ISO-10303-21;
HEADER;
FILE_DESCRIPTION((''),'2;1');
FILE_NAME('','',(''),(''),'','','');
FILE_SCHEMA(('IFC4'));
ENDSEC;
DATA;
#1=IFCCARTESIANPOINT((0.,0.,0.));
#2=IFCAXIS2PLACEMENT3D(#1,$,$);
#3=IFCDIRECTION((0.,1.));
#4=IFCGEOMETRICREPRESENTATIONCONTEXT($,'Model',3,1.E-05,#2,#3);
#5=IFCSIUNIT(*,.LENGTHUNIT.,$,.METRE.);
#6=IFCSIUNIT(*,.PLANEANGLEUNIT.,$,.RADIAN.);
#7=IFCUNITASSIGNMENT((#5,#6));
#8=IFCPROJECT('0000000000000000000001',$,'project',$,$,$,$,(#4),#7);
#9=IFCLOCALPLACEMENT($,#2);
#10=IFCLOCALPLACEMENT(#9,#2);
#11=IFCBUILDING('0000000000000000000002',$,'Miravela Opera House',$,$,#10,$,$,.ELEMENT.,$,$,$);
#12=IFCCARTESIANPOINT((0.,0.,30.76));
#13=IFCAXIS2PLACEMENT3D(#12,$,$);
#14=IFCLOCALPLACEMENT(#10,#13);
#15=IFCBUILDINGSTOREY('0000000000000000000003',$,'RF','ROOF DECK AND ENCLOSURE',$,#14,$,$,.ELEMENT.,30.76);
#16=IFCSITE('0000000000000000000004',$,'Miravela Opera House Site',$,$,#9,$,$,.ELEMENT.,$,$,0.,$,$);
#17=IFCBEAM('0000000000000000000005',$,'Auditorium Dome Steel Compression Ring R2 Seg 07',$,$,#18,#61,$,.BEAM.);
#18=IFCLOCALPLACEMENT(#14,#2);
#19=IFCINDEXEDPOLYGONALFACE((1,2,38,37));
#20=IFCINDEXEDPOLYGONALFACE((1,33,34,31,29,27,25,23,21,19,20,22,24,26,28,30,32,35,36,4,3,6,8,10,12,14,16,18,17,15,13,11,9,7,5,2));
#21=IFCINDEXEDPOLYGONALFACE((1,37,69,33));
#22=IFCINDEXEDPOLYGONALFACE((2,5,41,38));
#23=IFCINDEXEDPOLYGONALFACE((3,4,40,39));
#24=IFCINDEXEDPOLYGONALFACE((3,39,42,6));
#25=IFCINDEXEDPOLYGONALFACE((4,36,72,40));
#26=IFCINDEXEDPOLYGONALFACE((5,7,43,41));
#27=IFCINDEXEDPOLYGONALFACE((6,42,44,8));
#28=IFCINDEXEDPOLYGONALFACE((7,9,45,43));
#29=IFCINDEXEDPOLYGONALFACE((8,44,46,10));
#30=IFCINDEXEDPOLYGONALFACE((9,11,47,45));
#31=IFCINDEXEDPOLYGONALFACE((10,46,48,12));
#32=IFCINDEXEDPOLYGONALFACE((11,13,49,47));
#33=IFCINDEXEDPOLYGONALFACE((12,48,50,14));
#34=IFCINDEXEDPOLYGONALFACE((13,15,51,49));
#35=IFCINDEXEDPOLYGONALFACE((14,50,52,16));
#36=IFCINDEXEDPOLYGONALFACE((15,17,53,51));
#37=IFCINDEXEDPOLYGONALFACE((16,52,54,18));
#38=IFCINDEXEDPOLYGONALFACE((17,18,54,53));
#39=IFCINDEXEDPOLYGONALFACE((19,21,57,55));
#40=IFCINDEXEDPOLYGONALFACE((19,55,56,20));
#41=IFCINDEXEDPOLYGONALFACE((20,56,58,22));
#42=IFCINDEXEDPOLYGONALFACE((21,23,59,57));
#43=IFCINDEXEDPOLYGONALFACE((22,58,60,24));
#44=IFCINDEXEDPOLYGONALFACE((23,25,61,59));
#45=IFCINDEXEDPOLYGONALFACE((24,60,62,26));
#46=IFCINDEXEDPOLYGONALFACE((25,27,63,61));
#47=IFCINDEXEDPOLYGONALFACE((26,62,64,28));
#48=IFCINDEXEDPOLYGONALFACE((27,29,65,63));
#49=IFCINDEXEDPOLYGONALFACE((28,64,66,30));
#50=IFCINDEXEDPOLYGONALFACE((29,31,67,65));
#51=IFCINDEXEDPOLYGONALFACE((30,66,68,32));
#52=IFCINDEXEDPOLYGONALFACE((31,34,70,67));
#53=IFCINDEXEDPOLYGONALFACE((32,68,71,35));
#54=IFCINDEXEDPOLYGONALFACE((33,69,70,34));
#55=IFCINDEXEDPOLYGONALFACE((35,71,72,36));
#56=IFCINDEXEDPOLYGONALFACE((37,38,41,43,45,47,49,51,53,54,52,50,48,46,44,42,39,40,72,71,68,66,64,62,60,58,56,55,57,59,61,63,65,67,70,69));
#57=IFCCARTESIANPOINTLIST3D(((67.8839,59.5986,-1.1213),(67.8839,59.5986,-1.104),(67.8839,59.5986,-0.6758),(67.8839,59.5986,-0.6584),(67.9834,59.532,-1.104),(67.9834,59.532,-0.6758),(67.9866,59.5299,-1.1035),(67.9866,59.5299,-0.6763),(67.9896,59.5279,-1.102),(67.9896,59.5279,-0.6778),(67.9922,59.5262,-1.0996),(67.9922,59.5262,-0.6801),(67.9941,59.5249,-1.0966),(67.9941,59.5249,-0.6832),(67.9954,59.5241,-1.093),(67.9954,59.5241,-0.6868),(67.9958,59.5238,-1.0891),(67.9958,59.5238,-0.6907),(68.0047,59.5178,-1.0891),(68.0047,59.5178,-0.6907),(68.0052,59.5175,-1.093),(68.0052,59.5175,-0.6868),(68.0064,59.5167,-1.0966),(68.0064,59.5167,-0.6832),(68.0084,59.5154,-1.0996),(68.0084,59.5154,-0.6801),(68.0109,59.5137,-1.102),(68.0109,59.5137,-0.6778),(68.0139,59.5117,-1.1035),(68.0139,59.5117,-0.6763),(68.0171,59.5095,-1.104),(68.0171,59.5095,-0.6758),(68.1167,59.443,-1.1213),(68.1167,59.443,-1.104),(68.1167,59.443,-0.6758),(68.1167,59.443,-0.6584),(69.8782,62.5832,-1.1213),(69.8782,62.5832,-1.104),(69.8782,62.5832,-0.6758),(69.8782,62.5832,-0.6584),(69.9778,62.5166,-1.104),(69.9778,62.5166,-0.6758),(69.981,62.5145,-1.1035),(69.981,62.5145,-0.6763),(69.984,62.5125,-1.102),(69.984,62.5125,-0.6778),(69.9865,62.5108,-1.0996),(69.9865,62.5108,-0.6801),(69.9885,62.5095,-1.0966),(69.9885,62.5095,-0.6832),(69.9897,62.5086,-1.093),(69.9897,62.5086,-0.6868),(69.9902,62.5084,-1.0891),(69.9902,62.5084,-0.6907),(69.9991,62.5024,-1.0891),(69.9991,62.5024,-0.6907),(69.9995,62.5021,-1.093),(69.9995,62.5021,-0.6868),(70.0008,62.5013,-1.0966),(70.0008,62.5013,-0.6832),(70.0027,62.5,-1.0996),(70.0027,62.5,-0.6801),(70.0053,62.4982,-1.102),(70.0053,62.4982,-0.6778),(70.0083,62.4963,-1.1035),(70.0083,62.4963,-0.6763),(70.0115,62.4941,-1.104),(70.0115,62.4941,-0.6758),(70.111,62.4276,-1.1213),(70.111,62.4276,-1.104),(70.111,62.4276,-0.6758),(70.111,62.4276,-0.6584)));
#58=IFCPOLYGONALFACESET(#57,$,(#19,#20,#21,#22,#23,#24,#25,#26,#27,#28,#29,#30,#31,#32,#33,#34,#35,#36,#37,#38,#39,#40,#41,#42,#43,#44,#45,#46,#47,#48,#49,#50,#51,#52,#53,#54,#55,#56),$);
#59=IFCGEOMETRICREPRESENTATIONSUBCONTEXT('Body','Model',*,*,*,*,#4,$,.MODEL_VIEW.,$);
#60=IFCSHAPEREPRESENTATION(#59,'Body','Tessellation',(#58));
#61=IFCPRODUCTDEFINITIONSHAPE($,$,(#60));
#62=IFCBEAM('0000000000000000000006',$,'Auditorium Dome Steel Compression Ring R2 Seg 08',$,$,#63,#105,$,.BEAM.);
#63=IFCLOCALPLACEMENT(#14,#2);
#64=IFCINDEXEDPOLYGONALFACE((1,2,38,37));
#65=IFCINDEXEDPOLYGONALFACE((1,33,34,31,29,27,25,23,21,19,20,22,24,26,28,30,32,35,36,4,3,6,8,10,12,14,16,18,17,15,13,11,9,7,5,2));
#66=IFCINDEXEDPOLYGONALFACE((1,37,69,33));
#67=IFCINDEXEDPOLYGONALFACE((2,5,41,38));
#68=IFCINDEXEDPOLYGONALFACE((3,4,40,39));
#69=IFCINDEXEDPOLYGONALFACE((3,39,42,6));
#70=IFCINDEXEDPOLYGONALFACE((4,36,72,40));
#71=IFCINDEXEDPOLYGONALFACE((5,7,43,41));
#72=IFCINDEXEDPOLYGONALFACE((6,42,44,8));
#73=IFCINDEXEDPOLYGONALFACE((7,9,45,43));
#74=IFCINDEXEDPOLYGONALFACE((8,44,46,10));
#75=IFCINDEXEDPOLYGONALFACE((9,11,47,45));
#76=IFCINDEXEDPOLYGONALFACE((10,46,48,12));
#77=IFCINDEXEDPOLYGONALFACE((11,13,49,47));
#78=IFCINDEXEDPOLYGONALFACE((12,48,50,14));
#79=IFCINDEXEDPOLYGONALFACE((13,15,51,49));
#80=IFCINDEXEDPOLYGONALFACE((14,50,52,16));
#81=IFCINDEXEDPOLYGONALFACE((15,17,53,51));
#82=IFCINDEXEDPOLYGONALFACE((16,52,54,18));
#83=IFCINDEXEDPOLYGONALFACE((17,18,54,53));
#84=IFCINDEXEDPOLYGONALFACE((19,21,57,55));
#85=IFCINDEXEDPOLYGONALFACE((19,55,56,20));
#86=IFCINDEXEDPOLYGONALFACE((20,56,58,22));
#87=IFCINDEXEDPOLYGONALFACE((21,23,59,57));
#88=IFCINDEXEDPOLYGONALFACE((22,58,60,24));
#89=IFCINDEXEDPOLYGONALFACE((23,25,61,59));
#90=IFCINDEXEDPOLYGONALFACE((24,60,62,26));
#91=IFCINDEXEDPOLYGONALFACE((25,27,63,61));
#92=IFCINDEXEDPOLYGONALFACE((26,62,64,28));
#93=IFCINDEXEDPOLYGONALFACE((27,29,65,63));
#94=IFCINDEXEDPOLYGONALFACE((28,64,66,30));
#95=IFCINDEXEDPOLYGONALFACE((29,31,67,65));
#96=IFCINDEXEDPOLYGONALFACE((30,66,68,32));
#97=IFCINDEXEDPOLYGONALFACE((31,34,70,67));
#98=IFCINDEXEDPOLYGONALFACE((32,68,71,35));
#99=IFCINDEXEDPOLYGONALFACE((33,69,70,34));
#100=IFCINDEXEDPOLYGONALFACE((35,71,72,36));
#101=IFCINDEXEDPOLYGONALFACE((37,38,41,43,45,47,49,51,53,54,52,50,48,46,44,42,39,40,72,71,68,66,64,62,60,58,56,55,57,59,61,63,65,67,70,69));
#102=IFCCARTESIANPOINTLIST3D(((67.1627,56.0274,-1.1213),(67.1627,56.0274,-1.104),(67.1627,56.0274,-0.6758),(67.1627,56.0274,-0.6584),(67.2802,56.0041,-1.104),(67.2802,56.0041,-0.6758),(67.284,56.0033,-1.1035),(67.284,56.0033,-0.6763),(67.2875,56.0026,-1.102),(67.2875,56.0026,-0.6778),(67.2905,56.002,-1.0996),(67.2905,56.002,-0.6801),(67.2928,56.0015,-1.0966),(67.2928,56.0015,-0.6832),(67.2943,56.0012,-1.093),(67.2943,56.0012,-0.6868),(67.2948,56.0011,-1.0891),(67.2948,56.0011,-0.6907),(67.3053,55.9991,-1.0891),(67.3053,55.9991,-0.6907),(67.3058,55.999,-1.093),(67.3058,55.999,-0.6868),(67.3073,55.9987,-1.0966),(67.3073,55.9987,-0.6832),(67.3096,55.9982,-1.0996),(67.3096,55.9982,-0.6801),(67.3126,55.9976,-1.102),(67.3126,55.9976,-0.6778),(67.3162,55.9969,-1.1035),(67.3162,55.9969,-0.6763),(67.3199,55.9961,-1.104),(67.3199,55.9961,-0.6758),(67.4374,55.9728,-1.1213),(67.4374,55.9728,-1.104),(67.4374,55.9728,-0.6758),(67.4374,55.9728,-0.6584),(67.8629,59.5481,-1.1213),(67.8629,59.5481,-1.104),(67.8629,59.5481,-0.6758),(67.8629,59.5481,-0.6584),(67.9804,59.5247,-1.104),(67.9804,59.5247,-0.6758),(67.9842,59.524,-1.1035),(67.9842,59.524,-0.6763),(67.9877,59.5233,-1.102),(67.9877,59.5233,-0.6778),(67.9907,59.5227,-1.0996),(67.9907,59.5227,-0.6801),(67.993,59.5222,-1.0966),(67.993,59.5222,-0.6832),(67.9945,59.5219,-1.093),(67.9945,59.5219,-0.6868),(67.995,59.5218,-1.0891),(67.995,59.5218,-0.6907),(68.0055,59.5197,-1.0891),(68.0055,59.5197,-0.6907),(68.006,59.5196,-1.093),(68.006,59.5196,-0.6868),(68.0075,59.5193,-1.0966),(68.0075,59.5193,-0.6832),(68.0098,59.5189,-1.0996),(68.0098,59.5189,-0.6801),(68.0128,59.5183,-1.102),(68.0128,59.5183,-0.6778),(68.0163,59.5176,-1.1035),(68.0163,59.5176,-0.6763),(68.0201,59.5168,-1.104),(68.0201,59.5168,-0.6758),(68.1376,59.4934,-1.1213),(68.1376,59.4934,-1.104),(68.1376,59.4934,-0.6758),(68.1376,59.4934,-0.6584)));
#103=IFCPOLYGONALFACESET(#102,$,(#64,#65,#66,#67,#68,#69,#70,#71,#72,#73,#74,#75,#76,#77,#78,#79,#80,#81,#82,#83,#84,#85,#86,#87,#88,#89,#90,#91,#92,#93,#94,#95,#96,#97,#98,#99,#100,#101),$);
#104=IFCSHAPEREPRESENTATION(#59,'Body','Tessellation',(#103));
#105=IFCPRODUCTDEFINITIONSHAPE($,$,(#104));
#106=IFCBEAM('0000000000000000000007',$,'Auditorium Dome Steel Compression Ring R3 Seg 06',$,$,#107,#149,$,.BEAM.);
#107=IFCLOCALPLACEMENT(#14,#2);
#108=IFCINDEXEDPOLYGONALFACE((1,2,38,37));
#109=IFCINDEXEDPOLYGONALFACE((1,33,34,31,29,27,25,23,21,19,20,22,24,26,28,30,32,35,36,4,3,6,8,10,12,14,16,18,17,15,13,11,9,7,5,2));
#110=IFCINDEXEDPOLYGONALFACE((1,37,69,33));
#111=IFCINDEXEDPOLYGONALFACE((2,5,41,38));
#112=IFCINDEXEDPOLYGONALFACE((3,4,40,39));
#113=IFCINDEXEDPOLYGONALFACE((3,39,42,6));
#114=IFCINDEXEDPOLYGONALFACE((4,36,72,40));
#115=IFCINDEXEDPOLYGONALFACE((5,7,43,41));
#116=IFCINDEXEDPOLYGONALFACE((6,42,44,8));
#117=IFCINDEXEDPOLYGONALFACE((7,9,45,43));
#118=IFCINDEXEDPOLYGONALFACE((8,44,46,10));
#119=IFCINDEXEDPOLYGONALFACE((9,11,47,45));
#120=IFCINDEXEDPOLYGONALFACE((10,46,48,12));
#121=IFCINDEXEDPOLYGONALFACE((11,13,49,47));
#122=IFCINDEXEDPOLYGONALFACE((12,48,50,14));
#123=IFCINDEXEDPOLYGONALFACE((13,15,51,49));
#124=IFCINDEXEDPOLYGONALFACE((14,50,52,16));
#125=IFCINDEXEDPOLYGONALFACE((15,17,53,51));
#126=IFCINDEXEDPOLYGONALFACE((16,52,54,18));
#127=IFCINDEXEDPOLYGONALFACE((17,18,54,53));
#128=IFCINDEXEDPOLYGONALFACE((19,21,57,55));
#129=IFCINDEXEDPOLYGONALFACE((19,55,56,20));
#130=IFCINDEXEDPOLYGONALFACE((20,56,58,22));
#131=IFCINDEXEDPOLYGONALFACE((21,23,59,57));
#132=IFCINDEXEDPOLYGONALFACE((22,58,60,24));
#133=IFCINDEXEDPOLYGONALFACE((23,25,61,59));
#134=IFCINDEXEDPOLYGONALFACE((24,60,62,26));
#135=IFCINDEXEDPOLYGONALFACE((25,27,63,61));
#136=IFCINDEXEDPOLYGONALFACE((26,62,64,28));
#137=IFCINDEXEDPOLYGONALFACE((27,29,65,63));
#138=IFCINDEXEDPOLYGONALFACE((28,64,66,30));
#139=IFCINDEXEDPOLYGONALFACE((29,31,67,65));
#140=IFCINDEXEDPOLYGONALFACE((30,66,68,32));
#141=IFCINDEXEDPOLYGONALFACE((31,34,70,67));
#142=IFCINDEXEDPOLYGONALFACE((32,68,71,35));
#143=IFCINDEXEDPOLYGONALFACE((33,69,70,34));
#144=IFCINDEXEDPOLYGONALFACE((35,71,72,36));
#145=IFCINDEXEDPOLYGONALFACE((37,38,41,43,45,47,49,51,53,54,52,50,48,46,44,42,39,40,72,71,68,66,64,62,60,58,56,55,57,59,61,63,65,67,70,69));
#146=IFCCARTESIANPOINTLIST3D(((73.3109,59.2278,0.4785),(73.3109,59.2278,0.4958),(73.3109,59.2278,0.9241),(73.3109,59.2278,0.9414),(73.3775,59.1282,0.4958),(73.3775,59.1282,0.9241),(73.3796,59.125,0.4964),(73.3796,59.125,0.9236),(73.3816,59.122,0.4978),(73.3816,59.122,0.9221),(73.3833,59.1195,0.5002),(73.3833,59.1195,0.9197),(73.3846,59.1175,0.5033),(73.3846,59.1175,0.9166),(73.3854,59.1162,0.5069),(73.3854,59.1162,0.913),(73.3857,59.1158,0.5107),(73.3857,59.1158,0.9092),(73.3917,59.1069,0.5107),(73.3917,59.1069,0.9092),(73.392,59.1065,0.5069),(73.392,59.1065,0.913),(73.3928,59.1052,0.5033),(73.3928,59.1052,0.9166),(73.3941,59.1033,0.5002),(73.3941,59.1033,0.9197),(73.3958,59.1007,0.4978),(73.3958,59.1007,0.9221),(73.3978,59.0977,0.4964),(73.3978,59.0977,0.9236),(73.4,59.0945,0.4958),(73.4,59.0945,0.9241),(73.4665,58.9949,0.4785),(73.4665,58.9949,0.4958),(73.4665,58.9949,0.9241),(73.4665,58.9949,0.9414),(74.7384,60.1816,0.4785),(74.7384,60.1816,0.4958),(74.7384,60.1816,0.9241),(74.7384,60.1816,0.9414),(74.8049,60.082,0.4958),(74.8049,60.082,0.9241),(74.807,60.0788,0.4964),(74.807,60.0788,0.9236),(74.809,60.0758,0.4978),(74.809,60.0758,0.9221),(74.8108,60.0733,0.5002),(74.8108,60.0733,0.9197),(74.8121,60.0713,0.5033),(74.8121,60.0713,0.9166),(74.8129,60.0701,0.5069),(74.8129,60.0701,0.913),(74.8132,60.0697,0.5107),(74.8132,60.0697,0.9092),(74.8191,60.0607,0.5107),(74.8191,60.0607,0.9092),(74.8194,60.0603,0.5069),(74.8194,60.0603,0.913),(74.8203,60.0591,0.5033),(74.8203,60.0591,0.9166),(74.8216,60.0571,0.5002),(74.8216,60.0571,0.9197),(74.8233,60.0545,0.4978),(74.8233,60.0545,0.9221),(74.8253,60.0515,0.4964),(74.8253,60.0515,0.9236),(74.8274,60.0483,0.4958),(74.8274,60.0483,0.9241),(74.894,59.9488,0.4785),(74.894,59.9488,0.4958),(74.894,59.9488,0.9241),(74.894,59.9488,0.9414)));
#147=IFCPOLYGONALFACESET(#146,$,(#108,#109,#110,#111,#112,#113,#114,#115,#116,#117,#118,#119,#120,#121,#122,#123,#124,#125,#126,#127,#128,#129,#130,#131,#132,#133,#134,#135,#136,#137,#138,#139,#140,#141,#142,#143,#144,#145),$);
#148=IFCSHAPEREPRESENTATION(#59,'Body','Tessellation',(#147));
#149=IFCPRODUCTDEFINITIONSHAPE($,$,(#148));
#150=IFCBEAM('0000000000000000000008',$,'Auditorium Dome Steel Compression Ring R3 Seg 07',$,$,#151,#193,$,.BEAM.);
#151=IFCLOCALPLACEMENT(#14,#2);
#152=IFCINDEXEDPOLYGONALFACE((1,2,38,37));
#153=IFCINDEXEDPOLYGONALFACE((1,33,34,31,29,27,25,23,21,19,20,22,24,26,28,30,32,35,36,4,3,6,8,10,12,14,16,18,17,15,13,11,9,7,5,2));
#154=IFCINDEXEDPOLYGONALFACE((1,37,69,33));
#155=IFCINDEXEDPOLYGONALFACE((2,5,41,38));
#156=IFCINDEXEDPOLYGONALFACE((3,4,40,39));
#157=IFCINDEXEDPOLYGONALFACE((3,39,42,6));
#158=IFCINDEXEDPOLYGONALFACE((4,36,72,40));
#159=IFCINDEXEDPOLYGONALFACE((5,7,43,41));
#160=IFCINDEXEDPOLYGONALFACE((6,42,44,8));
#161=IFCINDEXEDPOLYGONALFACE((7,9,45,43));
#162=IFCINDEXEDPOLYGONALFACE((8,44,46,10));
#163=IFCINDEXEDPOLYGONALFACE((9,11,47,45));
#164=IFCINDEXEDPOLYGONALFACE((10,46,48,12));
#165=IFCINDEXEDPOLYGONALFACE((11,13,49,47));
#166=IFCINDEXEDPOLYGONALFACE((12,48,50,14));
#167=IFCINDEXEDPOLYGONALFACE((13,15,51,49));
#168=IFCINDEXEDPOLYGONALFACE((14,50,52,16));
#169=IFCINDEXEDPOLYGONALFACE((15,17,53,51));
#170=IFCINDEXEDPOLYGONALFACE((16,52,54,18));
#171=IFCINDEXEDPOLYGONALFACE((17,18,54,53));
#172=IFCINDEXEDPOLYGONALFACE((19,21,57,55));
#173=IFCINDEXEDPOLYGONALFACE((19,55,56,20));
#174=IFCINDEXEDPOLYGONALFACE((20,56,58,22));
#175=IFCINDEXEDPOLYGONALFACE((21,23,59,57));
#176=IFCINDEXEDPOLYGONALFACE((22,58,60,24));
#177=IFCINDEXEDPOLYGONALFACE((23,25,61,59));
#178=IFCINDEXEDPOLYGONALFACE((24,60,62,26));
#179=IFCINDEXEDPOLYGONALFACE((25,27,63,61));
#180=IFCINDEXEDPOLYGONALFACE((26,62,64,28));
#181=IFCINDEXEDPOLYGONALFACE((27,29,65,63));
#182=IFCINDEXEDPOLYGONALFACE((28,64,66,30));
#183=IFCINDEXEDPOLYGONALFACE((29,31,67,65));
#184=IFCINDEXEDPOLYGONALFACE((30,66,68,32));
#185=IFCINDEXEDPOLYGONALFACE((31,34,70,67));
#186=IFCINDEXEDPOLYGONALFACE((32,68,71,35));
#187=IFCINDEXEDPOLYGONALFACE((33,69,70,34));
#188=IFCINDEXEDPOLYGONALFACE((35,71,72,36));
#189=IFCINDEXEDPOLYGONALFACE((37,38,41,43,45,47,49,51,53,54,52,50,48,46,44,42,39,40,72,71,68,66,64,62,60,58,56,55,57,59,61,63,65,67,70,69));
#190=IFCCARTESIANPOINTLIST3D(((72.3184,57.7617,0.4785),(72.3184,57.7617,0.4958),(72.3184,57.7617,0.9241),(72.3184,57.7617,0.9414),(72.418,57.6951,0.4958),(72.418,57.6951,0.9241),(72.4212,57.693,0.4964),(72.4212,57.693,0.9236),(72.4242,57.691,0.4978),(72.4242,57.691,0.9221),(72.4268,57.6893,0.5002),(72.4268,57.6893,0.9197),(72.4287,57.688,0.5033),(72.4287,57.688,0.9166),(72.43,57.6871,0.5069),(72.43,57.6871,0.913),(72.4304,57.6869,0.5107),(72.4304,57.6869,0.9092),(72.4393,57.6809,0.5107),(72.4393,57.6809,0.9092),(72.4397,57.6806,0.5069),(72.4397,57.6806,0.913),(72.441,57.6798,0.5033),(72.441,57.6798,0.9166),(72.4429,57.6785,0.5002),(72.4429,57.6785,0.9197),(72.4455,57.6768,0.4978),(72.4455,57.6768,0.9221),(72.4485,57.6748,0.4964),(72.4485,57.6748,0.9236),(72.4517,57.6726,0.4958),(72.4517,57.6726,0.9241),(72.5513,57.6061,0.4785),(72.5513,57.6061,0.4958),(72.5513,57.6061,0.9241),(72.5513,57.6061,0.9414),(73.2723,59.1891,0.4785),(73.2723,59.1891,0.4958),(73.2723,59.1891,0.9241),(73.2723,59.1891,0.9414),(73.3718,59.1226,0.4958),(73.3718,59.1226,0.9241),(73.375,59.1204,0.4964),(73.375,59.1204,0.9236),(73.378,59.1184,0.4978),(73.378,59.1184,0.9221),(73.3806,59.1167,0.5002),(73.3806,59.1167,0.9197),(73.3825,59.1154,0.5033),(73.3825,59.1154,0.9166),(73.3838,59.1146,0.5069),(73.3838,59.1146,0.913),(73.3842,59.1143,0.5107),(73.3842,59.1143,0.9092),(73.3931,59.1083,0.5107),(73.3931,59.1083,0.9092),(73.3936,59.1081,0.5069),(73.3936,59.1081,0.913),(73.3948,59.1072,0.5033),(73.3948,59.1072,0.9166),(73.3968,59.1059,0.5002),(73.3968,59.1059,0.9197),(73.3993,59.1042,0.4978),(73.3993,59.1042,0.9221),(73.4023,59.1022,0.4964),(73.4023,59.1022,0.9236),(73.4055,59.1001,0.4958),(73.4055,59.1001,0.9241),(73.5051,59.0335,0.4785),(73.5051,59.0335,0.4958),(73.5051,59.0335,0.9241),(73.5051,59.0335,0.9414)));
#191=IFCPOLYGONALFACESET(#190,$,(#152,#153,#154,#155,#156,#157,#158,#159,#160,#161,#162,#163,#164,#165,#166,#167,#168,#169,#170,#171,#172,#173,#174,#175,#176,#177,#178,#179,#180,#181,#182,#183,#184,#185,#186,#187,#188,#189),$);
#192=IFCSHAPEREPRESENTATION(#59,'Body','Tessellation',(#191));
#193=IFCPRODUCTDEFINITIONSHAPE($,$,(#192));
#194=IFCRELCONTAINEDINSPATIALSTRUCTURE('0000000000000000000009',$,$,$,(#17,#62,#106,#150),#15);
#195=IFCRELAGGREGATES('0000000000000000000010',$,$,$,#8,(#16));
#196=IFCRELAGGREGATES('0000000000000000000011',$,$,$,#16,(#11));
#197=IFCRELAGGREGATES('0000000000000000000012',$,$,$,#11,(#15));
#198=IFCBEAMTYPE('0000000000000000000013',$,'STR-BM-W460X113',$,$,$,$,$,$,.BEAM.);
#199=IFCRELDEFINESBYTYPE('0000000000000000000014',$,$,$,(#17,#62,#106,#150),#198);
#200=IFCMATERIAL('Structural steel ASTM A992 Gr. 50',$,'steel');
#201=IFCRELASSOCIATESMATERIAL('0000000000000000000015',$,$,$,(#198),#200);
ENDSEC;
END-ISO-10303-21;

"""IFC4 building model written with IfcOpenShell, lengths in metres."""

from ifc_helpers import new_model, si_unit, direction, frame, origin, origin_2d, place, context, subcontext, project, spatial, i_section, extrude, material, material_profile, profile_set, type_object, element, save


model = new_model("IFC4")

# Units and contexts
model_context = context("Model", 3, precision=1e-05, world=origin(), true_north=direction((0.0, 1.0)))
body_context = subcontext(model_context, "Body", "Model", "MODEL_VIEW")
ifc_project = project(units=[si_unit("LENGTHUNIT", "METRE"), si_unit("PLANEANGLEUNIT", "RADIAN")], contexts=[model_context])

# Site, building, storey
site_placement = place(None, origin())
site = spatial("IfcSite", under=ifc_project, at=site_placement, Name="Miravela Opera House Site", CompositionType="ELEMENT", RefElevation=0.0)
building_placement = place(site_placement, origin())
building = spatial("IfcBuilding", under=site, at=building_placement, Name="Miravela Opera House", CompositionType="ELEMENT")
storey_placement = place(building_placement, frame((0.0, 0.0, 30.76)))
storey = spatial("IfcBuildingStorey", under=building, at=storey_placement, Name="RF", Description="ROOF DECK AND ENCLOSURE", CompositionType="ELEMENT", Elevation=30.76)

# Beams
ifc_material_1 = material(Name="Structural steel ASTM A992 Gr. 50", Category="steel")
ifc_material_profile_1 = material_profile(ifc_material_1, i_section(OverallWidth=0.28, OverallDepth=0.4629, WebThickness=0.0107, FlangeThickness=0.0173, FilletRadius=0.0149, at=origin_2d()), Name="W460X113")
ifc_profile_set_1 = profile_set([ifc_material_profile_1])
beam_type = type_object("IfcBeamType", Name="STR-BM-W460X113", PredefinedType="BEAM", material=ifc_profile_set_1)
for number, where, z_axis, x_axis, name in (
    (1, (69.9946, 62.5054, -0.8899), (-0.555595, -0.831453, 0.0), (0.831453, -0.555595, 0.0), "Auditorium Dome Steel Compression Ring R2 Seg 07"),
    (2, (68.0002, 59.5208, -0.8899), (-0.195057, -0.980792, 0.0), (0.980792, -0.195057, 0.0), "Auditorium Dome Steel Compression Ring R2 Seg 08"),
):
    element("IfcBeam", number, at=place(storey_placement, frame(where, z_axis=z_axis, x_axis=x_axis)), inside=storey, type_object=beam_type, Name=name, PredefinedType="BEAM", context=body_context, shape_type="SweptSolid", body=[
        extrude(i_section(OverallWidth=0.28, OverallDepth=0.4629, WebThickness=0.0107, FlangeThickness=0.0173, FilletRadius=0.0149, at=origin_2d()), origin(), (0.0, 0.0, 1.0), 3.5896),
    ])
for number, where, z_axis, x_axis, name in (
    (3, (74.8162, 60.0652, 0.71), (-0.831459, -0.555586, 0.0), (0.555586, -0.831459, 0.0), "Auditorium Dome Steel Compression Ring R3 Seg 06"),
    (4, (73.3887, 59.1113, 0.71), (-0.555586, -0.831459, 0.0), (0.831459, -0.555586, 0.0), "Auditorium Dome Steel Compression Ring R3 Seg 07"),
):
    element("IfcBeam", number, at=place(storey_placement, frame(where, z_axis=z_axis, x_axis=x_axis)), inside=storey, type_object=beam_type, Name=name, PredefinedType="BEAM", context=body_context, shape_type="SweptSolid", body=[
        extrude(i_section(OverallWidth=0.28, OverallDepth=0.4629, WebThickness=0.0107, FlangeThickness=0.0173, FilletRadius=0.0149, at=origin_2d()), origin(), (0.0, 0.0, 1.0), 1.7168),
    ])

save(model, "model.ifc")
